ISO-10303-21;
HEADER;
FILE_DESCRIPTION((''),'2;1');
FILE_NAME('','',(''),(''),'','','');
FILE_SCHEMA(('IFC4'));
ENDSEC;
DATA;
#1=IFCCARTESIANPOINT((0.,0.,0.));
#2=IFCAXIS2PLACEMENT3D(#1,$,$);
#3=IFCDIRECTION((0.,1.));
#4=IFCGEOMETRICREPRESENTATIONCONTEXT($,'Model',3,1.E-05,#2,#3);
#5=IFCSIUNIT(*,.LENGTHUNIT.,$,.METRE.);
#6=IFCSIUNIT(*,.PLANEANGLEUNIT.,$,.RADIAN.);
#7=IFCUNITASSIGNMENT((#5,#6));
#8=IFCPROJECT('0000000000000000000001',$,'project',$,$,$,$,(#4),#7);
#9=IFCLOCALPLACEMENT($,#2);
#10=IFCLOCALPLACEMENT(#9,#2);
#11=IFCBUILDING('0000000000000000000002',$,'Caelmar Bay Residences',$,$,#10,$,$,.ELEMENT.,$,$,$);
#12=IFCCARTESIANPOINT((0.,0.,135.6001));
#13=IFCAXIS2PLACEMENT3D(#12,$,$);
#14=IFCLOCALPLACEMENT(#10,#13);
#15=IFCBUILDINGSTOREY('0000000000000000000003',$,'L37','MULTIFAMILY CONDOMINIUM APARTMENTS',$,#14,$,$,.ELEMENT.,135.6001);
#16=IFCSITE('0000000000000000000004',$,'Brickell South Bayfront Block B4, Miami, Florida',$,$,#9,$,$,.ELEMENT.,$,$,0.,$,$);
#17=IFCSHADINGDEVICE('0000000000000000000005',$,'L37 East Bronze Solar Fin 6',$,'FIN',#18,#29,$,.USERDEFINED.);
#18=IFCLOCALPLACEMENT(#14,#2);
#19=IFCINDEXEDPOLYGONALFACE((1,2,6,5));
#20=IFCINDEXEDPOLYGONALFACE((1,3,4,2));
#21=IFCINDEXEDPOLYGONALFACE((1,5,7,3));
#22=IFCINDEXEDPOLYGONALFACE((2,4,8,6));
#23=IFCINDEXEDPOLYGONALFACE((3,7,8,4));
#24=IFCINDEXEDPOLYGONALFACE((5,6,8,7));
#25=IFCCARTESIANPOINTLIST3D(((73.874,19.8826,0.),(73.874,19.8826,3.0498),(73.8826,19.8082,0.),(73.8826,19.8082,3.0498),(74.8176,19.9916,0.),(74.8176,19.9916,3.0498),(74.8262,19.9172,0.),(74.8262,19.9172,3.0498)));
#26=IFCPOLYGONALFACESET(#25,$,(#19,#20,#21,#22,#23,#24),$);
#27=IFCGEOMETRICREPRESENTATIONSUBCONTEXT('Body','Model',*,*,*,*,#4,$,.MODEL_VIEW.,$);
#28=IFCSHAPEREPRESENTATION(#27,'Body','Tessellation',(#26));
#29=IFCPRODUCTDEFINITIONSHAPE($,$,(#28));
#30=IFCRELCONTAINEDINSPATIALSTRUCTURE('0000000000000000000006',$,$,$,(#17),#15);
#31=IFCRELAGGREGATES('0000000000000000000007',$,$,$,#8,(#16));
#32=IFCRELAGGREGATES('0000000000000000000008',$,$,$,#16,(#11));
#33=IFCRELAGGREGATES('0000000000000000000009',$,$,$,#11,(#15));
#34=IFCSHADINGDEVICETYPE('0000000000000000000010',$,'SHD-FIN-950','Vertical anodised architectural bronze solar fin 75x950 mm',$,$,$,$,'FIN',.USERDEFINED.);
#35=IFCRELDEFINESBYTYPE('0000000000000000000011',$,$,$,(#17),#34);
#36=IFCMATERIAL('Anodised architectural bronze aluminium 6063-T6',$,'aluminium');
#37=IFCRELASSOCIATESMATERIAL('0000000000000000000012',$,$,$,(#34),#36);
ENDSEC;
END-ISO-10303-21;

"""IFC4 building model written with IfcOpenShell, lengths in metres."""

from ifc_helpers import new_model, si_unit, direction, frame, origin, origin_2d, place, context, subcontext, project, spatial, rectangle, extrude, material, material_profile, profile_set, type_object, element, save


model = new_model("IFC4")

# Units and contexts
model_context = context("Model", 3, precision=1e-05, world=origin(), true_north=direction((0.0, 1.0)))
body_context = subcontext(model_context, "Body", "Model", "MODEL_VIEW")
ifc_project = project(units=[si_unit("LENGTHUNIT", "METRE"), si_unit("PLANEANGLEUNIT", "RADIAN")], contexts=[model_context])

# Site, building, storey
site_placement = place(None, origin())
site = spatial("IfcSite", under=ifc_project, at=site_placement, Name="Brickell South Bayfront Block B4, Miami, Florida", CompositionType="ELEMENT", RefElevation=0.0)
building_placement = place(site_placement, origin())
building = spatial("IfcBuilding", under=site, at=building_placement, Name="Caelmar Bay Residences", CompositionType="ELEMENT")
storey_placement = place(building_placement, frame((0.0, 0.0, 135.6001)))
storey = spatial("IfcBuildingStorey", under=building, at=storey_placement, Name="L37", Description="MULTIFAMILY CONDOMINIUM APARTMENTS", CompositionType="ELEMENT", Elevation=135.6001)

# Shading device
ifc_material_1 = material(Name="Anodised architectural bronze aluminium 6063-T6", Category="aluminium")
ifc_material_profile_1 = material_profile(ifc_material_1, rectangle(XDim=0.075, YDim=0.95, at=origin_2d()), Name="BRONZE-FIN-75X950")
ifc_profile_set_1 = profile_set([ifc_material_profile_1], Name="Anodised architectural bronze aluminium 6063-T6")
shading_device_type = type_object("IfcShadingDeviceType", Name="SHD-FIN-950", Description="Vertical anodised architectural bronze solar fin 75x950 mm", ElementType="FIN", PredefinedType="USERDEFINED", material=ifc_profile_set_1)
for number, where, z_axis, x_axis, name in (
    (1, (74.3501, 19.8999, 0.0), (0.0, 0.0, 1.0), (-0.114764, 0.993393, 0.0), "L37 East Bronze Solar Fin 6"),
):
    element("IfcShadingDevice", number, at=place(storey_placement, frame(where, z_axis=z_axis, x_axis=x_axis)), inside=storey, type_object=shading_device_type, Name=name, ObjectType="FIN", PredefinedType="USERDEFINED", context=body_context, shape_type="SweptSolid", body=[
        extrude(rectangle(XDim=0.075, YDim=0.95, at=origin_2d()), origin(), (0.0, 0.0, 1.0), 3.0498),
    ])

save(model, "model.ifc")
